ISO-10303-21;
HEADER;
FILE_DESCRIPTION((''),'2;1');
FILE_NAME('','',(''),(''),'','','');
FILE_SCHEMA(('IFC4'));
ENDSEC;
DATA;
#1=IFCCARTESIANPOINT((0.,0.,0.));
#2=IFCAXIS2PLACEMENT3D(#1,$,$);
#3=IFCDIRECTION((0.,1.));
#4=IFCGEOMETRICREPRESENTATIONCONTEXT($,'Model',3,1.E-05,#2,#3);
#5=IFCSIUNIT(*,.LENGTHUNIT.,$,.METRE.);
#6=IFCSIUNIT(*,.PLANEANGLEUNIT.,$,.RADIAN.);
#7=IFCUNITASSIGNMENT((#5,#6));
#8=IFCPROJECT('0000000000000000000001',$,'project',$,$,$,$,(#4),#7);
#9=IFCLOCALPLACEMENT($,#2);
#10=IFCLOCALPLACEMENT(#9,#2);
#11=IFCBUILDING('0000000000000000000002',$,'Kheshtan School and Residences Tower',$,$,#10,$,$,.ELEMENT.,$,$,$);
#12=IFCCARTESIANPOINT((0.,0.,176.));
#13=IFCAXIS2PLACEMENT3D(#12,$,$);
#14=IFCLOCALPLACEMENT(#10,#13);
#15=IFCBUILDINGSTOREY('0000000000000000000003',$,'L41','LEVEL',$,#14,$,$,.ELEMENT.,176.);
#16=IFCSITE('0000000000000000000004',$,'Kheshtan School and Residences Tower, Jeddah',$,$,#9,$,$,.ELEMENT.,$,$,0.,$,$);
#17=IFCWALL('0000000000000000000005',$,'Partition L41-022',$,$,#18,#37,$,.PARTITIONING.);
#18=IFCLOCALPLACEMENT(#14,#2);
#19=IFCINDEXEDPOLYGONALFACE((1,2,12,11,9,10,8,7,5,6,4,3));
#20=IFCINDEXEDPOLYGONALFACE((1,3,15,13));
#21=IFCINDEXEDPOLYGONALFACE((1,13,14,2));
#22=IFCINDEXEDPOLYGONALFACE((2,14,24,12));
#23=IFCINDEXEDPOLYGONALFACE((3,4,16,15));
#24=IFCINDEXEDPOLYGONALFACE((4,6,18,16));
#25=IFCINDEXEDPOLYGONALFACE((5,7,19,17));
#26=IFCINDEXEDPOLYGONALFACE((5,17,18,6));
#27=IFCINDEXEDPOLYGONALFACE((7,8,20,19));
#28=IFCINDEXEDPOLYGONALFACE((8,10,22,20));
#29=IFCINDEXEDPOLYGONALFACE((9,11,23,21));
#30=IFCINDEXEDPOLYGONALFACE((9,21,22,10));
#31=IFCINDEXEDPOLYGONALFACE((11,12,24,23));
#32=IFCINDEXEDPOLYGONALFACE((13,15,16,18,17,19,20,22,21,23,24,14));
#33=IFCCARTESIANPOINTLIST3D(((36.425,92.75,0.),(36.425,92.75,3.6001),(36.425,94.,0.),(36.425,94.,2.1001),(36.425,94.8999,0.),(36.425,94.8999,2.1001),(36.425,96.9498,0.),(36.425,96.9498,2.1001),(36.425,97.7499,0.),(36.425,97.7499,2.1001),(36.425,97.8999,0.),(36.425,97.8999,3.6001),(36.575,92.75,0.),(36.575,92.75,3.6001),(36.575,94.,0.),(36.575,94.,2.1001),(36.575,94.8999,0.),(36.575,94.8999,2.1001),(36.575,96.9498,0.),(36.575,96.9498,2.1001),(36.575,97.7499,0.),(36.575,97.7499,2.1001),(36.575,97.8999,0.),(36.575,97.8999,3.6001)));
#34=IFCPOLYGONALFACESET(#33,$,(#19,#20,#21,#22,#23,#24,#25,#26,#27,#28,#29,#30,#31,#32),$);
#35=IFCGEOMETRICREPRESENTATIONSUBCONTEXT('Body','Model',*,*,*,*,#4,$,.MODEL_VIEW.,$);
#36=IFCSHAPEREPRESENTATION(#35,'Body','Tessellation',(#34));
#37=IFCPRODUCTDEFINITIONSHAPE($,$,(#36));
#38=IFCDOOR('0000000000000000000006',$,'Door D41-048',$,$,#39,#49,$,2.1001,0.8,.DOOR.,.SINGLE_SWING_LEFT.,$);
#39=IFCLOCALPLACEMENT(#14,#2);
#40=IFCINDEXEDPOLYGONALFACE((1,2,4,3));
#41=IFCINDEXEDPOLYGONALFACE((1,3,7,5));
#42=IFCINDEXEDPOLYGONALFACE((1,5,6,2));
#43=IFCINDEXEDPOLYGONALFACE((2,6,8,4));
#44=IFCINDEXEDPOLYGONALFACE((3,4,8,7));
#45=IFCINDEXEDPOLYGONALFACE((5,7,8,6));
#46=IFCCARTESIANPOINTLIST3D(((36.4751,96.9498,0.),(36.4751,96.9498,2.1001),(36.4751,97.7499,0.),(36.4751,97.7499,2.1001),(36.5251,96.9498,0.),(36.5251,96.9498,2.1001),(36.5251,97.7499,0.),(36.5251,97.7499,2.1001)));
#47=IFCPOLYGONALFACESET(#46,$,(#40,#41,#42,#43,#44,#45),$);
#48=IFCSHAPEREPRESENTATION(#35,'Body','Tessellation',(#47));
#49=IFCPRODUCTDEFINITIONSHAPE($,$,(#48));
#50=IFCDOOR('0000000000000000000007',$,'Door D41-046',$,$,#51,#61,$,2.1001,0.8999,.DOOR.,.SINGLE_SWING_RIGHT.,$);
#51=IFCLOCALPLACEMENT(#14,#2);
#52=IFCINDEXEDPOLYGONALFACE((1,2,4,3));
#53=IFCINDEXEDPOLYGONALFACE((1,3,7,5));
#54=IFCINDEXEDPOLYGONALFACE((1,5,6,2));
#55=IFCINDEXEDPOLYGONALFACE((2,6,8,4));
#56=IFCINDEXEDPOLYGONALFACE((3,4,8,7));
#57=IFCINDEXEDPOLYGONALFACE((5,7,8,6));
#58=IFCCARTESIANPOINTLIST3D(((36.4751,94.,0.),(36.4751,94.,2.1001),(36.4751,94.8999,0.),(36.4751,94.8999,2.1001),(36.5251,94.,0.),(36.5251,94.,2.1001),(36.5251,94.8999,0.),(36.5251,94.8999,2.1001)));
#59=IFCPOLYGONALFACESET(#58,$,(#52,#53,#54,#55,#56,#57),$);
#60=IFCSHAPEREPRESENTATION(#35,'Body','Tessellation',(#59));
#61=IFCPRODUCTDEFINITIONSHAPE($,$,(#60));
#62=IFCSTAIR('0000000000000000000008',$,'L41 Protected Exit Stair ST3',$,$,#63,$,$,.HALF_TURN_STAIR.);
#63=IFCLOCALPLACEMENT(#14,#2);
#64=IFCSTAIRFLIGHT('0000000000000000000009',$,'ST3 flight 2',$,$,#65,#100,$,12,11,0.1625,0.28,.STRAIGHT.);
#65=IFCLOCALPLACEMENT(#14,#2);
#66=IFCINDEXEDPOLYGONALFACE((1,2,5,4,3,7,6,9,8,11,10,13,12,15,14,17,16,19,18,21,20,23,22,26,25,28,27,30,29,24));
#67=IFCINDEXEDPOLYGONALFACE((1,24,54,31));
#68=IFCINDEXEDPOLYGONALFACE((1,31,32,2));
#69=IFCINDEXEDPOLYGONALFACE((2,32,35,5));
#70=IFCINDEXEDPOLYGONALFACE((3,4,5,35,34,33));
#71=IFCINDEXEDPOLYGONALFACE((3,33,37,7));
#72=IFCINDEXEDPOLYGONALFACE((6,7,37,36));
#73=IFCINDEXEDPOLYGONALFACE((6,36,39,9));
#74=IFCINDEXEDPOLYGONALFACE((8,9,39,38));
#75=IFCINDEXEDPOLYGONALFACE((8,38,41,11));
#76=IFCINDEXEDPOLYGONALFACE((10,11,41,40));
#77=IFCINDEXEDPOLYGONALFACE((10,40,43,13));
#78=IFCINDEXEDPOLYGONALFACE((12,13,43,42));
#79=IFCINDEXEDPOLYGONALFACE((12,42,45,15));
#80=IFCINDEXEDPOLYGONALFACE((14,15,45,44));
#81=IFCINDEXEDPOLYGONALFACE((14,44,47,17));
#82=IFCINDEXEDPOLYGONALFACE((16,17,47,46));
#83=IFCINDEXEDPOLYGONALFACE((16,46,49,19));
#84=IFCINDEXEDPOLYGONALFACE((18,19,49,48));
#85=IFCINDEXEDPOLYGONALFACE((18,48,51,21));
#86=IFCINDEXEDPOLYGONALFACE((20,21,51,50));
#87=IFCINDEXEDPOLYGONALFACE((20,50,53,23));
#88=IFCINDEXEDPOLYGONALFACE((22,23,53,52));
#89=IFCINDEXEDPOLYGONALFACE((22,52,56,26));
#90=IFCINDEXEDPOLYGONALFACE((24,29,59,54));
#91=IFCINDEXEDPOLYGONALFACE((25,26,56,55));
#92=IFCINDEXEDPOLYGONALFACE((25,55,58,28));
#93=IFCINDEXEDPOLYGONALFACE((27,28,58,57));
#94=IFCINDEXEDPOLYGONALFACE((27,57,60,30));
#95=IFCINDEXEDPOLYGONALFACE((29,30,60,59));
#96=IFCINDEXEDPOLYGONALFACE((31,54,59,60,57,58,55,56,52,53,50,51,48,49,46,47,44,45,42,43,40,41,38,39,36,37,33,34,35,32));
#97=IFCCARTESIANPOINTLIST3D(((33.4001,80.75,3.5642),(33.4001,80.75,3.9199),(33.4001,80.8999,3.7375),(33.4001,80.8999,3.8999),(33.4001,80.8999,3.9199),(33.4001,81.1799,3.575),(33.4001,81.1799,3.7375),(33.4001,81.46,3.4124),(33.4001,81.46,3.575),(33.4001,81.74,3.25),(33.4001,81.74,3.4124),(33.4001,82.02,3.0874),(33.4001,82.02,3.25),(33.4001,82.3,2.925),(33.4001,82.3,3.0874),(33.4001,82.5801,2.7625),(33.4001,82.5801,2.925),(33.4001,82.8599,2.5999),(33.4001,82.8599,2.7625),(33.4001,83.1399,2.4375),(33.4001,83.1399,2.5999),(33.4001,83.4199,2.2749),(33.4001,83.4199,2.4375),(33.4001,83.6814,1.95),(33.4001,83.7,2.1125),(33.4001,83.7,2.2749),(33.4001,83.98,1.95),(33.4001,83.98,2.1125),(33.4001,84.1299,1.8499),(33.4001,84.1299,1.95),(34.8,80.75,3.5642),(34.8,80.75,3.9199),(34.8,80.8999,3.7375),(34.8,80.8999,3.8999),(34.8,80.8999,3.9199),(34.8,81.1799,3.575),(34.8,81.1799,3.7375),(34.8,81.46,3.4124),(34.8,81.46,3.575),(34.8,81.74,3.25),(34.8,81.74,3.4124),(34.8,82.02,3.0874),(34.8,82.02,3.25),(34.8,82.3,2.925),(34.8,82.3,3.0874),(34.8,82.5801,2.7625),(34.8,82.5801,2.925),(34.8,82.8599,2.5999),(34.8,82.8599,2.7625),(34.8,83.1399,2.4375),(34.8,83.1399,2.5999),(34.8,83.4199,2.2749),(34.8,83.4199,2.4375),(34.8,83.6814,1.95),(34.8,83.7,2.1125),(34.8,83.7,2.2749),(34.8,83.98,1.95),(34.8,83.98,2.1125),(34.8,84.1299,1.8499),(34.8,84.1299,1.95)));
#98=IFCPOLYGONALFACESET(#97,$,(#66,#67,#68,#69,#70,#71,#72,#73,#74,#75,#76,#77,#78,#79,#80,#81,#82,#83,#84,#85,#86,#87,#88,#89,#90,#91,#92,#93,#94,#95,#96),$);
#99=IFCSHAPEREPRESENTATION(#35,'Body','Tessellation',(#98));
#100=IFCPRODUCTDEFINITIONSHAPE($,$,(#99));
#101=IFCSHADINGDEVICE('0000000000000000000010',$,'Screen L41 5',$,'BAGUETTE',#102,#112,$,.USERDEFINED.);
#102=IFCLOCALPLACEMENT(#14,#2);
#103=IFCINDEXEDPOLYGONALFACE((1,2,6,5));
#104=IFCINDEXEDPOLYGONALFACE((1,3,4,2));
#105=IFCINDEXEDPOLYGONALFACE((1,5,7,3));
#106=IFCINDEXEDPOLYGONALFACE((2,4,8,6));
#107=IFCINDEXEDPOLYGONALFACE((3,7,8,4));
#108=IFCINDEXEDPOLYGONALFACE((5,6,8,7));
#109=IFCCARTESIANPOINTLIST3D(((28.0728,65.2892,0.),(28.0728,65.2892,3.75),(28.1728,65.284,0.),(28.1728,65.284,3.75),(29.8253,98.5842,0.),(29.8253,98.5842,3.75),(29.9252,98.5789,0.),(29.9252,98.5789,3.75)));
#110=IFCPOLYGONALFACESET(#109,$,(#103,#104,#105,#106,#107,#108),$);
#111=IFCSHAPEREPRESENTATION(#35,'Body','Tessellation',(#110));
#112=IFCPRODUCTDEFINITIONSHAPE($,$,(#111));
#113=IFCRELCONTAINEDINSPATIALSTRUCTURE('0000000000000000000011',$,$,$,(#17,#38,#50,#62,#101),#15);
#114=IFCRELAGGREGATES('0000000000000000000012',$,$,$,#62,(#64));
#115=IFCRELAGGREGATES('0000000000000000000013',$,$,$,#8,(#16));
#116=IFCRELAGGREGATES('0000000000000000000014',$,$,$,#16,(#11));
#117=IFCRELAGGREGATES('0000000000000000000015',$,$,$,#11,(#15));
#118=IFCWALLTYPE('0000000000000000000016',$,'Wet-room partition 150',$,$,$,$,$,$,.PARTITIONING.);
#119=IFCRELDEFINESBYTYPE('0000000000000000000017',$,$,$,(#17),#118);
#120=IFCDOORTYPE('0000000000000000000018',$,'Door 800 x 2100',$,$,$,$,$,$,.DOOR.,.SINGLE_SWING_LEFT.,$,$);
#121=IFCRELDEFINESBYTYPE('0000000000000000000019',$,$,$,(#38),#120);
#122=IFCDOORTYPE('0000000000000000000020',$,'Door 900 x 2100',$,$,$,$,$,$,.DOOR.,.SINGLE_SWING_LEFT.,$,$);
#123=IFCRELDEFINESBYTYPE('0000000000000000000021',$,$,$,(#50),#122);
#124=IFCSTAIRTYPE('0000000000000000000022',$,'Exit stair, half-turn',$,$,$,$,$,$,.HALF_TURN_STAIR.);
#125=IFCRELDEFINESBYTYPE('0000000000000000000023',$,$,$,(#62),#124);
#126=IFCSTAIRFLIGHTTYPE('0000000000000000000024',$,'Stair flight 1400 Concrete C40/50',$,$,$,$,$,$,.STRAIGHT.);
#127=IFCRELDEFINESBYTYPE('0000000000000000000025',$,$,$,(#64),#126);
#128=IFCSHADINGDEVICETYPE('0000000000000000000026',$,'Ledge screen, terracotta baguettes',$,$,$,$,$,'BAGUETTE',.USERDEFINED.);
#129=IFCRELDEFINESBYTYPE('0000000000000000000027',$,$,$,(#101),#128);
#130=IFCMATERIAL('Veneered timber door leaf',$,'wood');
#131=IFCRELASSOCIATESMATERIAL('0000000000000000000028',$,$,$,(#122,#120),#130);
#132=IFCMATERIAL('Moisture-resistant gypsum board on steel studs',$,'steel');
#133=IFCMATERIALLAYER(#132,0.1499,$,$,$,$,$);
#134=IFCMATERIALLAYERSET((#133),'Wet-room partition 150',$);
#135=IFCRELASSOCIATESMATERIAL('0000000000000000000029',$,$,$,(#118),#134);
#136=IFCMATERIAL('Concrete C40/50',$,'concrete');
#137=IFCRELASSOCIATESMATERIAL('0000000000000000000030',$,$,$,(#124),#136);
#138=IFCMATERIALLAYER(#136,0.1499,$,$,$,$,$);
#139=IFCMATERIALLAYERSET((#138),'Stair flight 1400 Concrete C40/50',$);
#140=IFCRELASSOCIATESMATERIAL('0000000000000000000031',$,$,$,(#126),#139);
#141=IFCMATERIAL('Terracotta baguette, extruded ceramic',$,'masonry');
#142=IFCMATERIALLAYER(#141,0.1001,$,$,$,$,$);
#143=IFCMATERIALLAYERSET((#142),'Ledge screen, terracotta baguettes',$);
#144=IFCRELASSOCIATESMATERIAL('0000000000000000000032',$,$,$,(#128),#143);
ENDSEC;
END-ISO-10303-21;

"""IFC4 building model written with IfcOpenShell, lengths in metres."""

from ifc_helpers import new_model, si_unit, direction, frame, frame_2d, origin, origin_2d, place, context, subcontext, project, spatial, polyline, rectangle, outline, extrude, source, transform, mapped, material, layer, layer_set, type_object, element, fill, aggregate, save


model = new_model("IFC4")

# Units and contexts
model_context = context("Model", 3, precision=1e-05, world=origin(), true_north=direction((0.0, 1.0)))
body_context = subcontext(model_context, "Body", "Model", "MODEL_VIEW")
ifc_project = project(units=[si_unit("LENGTHUNIT", "METRE"), si_unit("PLANEANGLEUNIT", "RADIAN")], contexts=[model_context])

# Site, building, storey
site_placement = place(None, origin())
site = spatial("IfcSite", under=ifc_project, at=site_placement, Name="Kheshtan School and Residences Tower, Jeddah", CompositionType="ELEMENT", RefElevation=0.0)
building_placement = place(site_placement, origin())
building = spatial("IfcBuilding", under=site, at=building_placement, Name="Kheshtan School and Residences Tower", CompositionType="ELEMENT")
storey_placement = place(building_placement, frame((0.0, 0.0, 176.0)))
storey = spatial("IfcBuildingStorey", under=building, at=storey_placement, Name="L41", Description="LEVEL", CompositionType="ELEMENT", Elevation=176.0)

# Shared definitions
ifc_material_1 = material(Name="Veneered timber door leaf", Category="wood")
door_type_1 = type_object("IfcDoorType", Name="Door 900 x 2100", OperationType="SINGLE_SWING_LEFT", PredefinedType="DOOR", material=ifc_material_1)
shared_shape_1 = source(origin(), body_context, "Body", "SweptSolid", [
    extrude(rectangle(XDim=0.8999, YDim=2.1001, at=frame_2d((0.45, 1.05))), frame((0.0, 0.0249, 0.0), z_axis=(0.0, -1.0, 0.0), x_axis=(1.0, 0.0, 0.0)), (0.0, 0.0, 1.0), 0.05),
])

# Shared definitions
ifc_material_2 = material(Name="Concrete C40/50", Category="concrete")
ifc_material_3 = material(Name="Moisture-resistant gypsum board on steel studs", Category="steel")
ifc_layer_1 = layer(ifc_material_3, 0.1499)
ifc_layer_set_1 = layer_set([ifc_layer_1], Name="Wet-room partition 150")
wall_type_1 = type_object("IfcWallType", Name="Wet-room partition 150", PredefinedType="PARTITIONING", material=ifc_layer_set_1)

# Shared definitions
door_type_2 = type_object("IfcDoorType", Name="Door 800 x 2100", OperationType="SINGLE_SWING_LEFT", PredefinedType="DOOR", material=ifc_material_1)
shared_shape_2 = source(origin(), body_context, "Body", "SweptSolid", [
    extrude(rectangle(XDim=0.8, YDim=2.1001, at=frame_2d((0.3999, 1.05))), frame((0.0, 0.0249, 0.0), z_axis=(0.0, -1.0, 0.0), x_axis=(1.0, 0.0, 0.0)), (0.0, 0.0, 1.0), 0.05),
])

# Wall, openings, doors
wall_1_placement = place(storey_placement, frame((36.5, 92.75, 0.0), z_axis=(0.0, 0.0, 1.0), x_axis=(0.0, 1.0, 0.0)))
wall_1 = element("IfcWall", 1, at=wall_1_placement, inside=storey, type_object=wall_type_1, Name="Partition L41-022", PredefinedType="PARTITIONING", context=body_context, shape_type="SweptSolid", body=[
    extrude(rectangle(XDim=5.1499, YDim=0.1499, at=frame_2d((2.575, 0.0))), origin(), (0.0, 0.0, 1.0), 3.6001),
])
opening_1_placement = place(wall_1_placement, frame((1.25, 0.0, 0.0)))
opening_1 = element("IfcOpeningElement", 2, at=opening_1_placement, cuts=wall_1, PredefinedType="OPENING", context=body_context, shape_type="SweptSolid", body=[
    extrude(rectangle(XDim=0.8999, YDim=2.1001, at=frame_2d((0.45, 1.05))), frame((0.0, 0.085, 0.0), z_axis=(0.0, -1.0, 0.0), x_axis=(1.0, 0.0, 0.0)), (0.0, 0.0, 1.0), 0.1699),
])
opening_2_placement = place(wall_1_placement, frame((4.2, 0.0, 0.0)))
opening_2 = element("IfcOpeningElement", 3, at=opening_2_placement, cuts=wall_1, PredefinedType="OPENING", context=body_context, shape_type="SweptSolid", body=[
    extrude(rectangle(XDim=0.8, YDim=2.1001, at=frame_2d((0.3999, 1.05))), frame((0.0, 0.085, 0.0), z_axis=(0.0, -1.0, 0.0), x_axis=(1.0, 0.0, 0.0)), (0.0, 0.0, 1.0), 0.1699),
])
door_1_placement = place(opening_2_placement, origin())
door_1 = element("IfcDoor", 4, at=door_1_placement, inside=storey, type_object=door_type_2, Name="Door D41-048", OperationType="SINGLE_SWING_LEFT", OverallHeight=2.1001, OverallWidth=0.8, PredefinedType="DOOR", context=body_context, shape_type="MappedRepresentation", body=[
    mapped(shared_shape_2, transform((0.0, 0.0, 0.0), x_axis=(1.0, 0.0, 0.0), y_axis=(0.0, 1.0, 0.0), z_axis=(0.0, 0.0, 1.0), scale=1.0)),
])
fill(opening_2, door_1)
door_2_placement = place(opening_1_placement, origin())
door_2 = element("IfcDoor", 5, at=door_2_placement, inside=storey, type_object=door_type_1, Name="Door D41-046", OperationType="SINGLE_SWING_RIGHT", OverallHeight=2.1001, OverallWidth=0.8999, PredefinedType="DOOR", context=body_context, shape_type="MappedRepresentation", body=[
    mapped(shared_shape_1, transform((0.0, 0.0, 0.0), x_axis=(1.0, 0.0, 0.0), y_axis=(0.0, 1.0, 0.0), z_axis=(0.0, 0.0, 1.0), scale=1.0)),
])
fill(opening_1, door_2)

# Stair, stair flight
stair_type = type_object("IfcStairType", Name="Exit stair, half-turn", PredefinedType="HALF_TURN_STAIR", material=ifc_material_2)
stair_placement = place(storey_placement, origin())
stair = element("IfcStair", 6, at=stair_placement, inside=storey, type_object=stair_type, Name="L41 Protected Exit Stair ST3", PredefinedType="HALF_TURN_STAIR")
ifc_layer_2 = layer(ifc_material_2, 0.1499)
ifc_layer_set_2 = layer_set([ifc_layer_2], Name="Stair flight 1400 Concrete C40/50")
stair_flight_type = type_object("IfcStairFlightType", Name="Stair flight 1400 Concrete C40/50", PredefinedType="STRAIGHT", material=ifc_layer_set_2)
stair_flight_placement = place(storey_placement, frame((34.1001, 83.98, 1.95), z_axis=(0.0, 0.0, 1.0), x_axis=(0.0, -1.0, 0.0)))
stair_flight = element("IfcStairFlight", 7, at=stair_flight_placement, type_object=stair_flight_type, Name="ST3 flight 2", NumberOfRisers=12, NumberOfTreads=11, PredefinedType="STRAIGHT", RiserHeight=0.1625, TreadLength=0.28, context=body_context, shape_type="SweptSolid", body=[
    extrude(outline(polyline([(-0.1499, -0.1001), (-0.1499, 0.0), (0.0, 0.0), (0.0, 0.1626), (0.28, 0.1626), (0.28, 0.325), (0.5601, 0.325), (0.5601, 0.4875), (0.8401, 0.4875), (0.8401, 0.6499), (1.1201, 0.6499), (1.1201, 0.8125), (1.3999, 0.8125), (1.3999, 0.9751), (1.6799, 0.9751), (1.6799, 1.1375), (1.96, 1.1375), (1.96, 1.3), (2.24, 1.3), (2.24, 1.4624), (2.52, 1.4624), (2.52, 1.625), (2.8, 1.625), (2.8, 1.7876), (3.0801, 1.7876), (3.0801, 1.95), (3.0801, 1.97), (3.23, 1.97), (3.23, 1.6143), (0.2986, 0.0), (-0.1499, -0.1001)])), frame((0.0, 0.7, 0.0), z_axis=(0.0, -1.0, 0.0), x_axis=(1.0, 0.0, 0.0)), (0.0, 0.0, 1.0), 1.3999),
])
aggregate(stair, [stair_flight])

# Shading device
ifc_material_4 = material(Name="Terracotta baguette, extruded ceramic", Category="masonry")
ifc_layer_3 = layer(ifc_material_4, 0.1001)
ifc_layer_set_3 = layer_set([ifc_layer_3], Name="Ledge screen, terracotta baguettes")
shading_device_type = type_object("IfcShadingDeviceType", Name="Ledge screen, terracotta baguettes", ElementType="BAGUETTE", PredefinedType="USERDEFINED", material=ifc_layer_set_3)
shading_device_placement = place(storey_placement, frame((28.999, 81.9341, 0.0), z_axis=(0.0, 0.0, 1.0), x_axis=(0.052563, 0.998618, 0.0)))
element("IfcShadingDevice", 8, at=shading_device_placement, inside=storey, type_object=shading_device_type, Name="Screen L41 5", ObjectType="BAGUETTE", PredefinedType="USERDEFINED", context=body_context, shape_type="SweptSolid", body=[
    extrude(rectangle(XDim=33.3411, YDim=0.1001, at=origin_2d()), origin(), (0.0, 0.0, 1.0), 3.75),
])

save(model, "model.ifc")
